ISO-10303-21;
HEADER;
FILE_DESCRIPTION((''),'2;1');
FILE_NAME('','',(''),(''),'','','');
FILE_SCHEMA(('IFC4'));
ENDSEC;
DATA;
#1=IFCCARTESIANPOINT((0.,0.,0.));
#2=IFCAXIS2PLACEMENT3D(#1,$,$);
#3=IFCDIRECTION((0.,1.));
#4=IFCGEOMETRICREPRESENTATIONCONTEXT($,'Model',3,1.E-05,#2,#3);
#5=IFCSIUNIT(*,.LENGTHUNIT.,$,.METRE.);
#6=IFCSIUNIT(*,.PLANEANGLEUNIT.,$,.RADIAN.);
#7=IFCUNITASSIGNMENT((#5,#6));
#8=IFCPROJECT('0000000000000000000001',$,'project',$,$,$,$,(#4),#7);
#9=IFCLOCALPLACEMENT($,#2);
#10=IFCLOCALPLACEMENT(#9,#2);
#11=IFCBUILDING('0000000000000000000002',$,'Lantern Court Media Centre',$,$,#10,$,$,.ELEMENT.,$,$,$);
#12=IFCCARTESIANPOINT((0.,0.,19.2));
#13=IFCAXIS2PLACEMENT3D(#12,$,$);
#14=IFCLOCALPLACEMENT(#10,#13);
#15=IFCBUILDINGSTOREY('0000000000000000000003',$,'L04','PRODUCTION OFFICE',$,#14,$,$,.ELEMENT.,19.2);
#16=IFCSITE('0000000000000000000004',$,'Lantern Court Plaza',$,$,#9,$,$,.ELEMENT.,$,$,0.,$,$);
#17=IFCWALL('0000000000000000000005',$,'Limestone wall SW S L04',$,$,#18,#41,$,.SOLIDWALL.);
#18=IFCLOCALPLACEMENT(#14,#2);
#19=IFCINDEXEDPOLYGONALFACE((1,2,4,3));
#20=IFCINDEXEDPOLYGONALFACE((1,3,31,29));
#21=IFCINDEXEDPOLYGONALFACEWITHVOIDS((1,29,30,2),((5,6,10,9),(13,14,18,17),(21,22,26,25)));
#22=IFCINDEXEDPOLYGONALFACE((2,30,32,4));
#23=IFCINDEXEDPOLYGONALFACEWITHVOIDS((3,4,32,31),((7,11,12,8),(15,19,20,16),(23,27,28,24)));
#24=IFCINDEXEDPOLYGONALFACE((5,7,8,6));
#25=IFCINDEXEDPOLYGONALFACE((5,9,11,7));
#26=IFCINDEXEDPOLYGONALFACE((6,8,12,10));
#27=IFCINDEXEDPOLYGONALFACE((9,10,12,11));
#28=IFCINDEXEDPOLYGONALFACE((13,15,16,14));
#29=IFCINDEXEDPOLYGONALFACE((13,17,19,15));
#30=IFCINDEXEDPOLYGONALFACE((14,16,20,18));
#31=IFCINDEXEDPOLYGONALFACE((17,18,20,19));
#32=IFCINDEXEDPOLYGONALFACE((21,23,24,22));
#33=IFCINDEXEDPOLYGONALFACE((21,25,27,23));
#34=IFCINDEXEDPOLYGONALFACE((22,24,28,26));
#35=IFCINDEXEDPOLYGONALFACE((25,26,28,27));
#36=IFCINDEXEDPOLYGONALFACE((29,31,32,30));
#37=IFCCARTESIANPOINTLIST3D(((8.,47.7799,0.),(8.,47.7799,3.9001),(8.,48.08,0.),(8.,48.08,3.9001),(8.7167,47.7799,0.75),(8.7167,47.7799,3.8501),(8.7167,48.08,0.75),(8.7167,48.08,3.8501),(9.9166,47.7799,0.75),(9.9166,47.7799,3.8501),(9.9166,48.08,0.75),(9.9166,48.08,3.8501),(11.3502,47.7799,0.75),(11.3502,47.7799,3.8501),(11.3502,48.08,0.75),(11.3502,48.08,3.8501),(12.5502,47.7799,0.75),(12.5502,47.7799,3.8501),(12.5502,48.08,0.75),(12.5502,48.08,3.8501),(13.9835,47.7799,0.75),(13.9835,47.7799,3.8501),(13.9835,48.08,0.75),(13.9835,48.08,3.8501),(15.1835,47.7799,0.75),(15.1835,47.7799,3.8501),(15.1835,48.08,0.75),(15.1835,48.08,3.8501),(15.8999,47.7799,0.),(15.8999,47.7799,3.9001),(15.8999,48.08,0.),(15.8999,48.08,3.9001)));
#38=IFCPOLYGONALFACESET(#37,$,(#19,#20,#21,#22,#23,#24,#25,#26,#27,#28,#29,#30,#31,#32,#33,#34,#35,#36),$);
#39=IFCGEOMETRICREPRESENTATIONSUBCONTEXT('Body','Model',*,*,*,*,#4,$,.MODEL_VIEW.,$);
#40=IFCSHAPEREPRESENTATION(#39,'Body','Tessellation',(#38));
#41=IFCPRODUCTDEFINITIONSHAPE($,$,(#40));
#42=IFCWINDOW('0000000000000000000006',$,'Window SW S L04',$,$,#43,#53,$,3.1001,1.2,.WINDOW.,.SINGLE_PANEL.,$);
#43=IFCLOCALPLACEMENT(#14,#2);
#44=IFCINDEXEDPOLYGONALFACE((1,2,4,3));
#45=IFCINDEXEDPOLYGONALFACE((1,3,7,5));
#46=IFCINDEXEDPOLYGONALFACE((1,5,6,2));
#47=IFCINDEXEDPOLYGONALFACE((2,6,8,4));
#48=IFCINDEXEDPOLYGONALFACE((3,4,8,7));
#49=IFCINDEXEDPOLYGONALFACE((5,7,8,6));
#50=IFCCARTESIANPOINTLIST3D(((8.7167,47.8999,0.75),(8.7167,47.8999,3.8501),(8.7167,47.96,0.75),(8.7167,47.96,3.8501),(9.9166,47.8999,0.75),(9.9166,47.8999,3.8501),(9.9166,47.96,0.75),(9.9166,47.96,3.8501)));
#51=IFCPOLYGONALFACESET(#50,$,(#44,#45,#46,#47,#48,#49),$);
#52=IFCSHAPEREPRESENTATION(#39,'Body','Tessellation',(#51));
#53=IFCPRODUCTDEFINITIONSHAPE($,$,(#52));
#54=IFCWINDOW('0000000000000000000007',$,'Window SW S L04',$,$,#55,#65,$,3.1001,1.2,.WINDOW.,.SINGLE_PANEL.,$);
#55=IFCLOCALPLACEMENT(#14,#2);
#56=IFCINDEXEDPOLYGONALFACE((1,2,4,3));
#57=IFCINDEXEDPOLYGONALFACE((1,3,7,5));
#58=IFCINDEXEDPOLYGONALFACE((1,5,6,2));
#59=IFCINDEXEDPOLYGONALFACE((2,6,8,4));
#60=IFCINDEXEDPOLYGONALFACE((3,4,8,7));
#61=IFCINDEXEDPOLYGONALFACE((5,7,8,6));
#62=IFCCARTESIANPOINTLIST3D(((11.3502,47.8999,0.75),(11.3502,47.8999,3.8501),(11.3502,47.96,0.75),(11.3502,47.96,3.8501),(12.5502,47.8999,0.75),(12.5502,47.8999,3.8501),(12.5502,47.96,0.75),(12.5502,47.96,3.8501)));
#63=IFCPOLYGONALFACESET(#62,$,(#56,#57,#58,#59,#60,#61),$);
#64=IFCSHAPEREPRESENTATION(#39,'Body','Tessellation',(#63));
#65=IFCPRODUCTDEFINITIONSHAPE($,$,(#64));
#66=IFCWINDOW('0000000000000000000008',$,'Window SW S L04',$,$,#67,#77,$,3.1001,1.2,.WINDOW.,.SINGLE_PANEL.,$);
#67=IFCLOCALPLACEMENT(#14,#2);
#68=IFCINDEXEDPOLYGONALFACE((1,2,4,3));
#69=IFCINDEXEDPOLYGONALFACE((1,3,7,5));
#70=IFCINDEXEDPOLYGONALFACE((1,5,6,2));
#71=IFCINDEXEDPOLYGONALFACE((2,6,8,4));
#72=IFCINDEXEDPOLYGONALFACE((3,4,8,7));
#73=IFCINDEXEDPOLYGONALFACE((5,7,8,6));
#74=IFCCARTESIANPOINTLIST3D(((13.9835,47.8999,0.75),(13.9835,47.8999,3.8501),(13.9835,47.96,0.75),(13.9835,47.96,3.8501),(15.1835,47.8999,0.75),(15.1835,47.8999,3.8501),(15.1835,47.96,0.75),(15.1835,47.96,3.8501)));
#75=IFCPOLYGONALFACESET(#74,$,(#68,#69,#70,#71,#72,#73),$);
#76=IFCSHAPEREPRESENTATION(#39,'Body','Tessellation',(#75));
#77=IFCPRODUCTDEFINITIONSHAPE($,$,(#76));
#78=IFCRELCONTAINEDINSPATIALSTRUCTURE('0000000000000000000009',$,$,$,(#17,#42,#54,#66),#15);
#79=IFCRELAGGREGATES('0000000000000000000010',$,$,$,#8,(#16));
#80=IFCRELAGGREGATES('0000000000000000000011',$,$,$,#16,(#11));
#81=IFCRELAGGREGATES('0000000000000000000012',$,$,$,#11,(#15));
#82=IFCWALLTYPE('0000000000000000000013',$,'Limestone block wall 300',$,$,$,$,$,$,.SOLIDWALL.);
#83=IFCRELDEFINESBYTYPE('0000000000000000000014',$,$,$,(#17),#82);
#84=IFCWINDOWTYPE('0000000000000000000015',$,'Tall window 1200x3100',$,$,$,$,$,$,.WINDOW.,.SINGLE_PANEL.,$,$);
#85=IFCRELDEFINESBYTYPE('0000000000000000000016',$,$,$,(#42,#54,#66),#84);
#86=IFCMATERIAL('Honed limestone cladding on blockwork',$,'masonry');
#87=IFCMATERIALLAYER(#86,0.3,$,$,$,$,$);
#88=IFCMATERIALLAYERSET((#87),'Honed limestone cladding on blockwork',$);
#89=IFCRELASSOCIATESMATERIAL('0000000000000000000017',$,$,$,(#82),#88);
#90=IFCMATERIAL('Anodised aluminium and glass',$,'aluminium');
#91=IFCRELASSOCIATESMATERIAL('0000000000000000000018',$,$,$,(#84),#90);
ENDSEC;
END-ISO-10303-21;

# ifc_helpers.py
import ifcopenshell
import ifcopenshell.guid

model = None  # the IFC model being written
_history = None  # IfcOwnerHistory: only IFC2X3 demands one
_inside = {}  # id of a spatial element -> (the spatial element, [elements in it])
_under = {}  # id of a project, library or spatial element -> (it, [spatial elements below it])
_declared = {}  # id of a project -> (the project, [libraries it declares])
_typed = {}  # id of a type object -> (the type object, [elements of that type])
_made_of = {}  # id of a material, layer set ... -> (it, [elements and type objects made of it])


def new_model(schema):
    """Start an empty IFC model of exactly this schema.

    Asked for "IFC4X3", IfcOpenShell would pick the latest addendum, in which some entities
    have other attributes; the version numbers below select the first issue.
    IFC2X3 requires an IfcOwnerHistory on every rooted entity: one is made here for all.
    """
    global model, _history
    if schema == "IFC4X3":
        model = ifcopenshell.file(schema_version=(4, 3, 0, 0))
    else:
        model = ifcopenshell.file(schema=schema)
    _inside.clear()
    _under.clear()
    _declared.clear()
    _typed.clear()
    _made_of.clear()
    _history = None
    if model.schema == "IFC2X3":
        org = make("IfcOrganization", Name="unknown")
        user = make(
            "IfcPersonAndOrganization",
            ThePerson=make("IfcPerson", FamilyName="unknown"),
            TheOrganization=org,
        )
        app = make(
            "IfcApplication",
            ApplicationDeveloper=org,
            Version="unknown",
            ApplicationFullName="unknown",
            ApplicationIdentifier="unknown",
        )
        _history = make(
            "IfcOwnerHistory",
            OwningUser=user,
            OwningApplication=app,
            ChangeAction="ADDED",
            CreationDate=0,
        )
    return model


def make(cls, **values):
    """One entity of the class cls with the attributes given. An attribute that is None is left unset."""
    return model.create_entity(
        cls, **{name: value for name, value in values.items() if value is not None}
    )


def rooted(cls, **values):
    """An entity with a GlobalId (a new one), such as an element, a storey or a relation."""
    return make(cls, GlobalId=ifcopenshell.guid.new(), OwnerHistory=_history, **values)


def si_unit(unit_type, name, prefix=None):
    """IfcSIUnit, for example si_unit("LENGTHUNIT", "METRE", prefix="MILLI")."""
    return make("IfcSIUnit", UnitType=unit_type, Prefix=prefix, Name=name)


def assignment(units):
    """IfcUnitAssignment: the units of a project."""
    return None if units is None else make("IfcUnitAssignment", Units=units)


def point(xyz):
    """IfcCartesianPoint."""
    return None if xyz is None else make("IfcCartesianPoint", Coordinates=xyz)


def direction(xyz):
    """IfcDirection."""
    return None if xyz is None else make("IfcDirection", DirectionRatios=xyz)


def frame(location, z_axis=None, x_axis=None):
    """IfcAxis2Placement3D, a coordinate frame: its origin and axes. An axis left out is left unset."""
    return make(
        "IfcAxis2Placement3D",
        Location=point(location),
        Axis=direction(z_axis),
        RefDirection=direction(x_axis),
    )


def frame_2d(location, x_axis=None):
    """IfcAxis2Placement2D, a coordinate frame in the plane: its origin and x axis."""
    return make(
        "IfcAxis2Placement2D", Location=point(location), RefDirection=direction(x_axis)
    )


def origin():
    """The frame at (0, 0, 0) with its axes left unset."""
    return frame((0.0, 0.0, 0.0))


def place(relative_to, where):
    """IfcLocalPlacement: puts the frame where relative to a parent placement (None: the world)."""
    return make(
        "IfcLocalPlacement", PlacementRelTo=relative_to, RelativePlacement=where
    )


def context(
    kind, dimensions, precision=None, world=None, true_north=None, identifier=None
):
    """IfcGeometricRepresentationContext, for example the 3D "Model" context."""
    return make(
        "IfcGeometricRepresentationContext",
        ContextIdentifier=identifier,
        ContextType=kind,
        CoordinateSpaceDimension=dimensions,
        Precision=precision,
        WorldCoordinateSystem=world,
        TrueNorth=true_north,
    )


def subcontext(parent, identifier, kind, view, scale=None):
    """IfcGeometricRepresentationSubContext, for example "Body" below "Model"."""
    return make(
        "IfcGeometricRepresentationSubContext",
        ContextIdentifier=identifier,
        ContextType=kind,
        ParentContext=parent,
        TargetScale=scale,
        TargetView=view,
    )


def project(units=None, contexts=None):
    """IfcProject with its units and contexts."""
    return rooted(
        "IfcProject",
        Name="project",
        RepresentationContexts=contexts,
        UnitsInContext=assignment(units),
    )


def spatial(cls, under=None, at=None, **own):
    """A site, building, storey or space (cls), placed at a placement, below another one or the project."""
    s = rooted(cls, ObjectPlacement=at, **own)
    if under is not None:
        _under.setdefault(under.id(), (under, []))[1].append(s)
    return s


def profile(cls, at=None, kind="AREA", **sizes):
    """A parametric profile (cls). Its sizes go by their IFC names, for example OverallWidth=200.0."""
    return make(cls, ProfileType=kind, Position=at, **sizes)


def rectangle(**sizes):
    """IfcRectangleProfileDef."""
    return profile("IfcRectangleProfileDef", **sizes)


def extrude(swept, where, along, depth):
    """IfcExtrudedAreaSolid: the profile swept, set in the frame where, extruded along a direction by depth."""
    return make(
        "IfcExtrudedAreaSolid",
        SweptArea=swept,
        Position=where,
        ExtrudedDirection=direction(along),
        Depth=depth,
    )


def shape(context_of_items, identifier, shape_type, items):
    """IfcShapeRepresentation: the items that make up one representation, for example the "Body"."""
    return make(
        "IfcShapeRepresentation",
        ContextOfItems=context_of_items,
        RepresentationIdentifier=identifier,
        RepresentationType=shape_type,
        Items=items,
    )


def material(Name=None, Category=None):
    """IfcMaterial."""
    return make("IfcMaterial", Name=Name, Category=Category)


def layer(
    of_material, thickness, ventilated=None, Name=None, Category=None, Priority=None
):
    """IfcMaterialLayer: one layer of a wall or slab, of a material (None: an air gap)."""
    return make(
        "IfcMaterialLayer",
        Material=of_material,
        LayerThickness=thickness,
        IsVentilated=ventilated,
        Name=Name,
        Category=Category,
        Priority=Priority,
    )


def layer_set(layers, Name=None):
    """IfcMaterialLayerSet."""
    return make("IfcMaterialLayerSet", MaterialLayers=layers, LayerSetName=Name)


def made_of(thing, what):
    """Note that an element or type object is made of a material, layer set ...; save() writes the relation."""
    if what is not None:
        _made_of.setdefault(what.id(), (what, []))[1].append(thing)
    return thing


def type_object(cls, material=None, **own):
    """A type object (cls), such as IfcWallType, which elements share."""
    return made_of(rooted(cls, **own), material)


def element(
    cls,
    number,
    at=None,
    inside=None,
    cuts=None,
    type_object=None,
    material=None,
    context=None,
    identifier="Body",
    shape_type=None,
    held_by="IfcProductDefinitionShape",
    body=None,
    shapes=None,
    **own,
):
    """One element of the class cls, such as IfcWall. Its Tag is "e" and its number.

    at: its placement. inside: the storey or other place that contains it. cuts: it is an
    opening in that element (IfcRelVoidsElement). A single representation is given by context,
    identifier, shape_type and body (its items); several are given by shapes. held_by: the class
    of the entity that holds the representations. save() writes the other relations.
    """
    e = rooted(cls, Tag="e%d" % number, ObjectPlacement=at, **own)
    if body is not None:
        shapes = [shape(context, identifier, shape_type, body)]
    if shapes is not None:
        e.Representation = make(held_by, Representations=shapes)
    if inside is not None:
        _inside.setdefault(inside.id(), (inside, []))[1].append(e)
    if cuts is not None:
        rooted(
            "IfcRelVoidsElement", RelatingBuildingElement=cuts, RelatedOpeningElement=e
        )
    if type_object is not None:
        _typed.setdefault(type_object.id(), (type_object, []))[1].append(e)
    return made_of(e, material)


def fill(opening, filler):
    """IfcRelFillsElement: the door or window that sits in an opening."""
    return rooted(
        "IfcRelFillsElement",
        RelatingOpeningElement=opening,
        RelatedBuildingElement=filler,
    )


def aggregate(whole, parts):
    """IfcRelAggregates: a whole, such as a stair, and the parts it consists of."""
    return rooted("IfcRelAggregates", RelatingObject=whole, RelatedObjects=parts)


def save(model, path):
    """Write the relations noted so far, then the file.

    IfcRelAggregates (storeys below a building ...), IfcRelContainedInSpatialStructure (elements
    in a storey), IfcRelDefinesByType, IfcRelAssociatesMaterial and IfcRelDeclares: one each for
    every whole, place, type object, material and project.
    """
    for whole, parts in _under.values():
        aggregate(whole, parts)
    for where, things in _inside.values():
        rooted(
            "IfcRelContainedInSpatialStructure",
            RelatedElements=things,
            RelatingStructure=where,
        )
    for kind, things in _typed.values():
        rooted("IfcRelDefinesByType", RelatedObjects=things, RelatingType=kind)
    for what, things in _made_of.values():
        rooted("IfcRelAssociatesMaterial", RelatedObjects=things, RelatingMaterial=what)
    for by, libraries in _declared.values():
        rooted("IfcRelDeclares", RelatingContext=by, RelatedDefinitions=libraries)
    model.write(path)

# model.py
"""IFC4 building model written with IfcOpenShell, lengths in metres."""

from ifc_helpers import new_model, si_unit, direction, frame, frame_2d, origin, place, context, subcontext, project, spatial, rectangle, extrude, material, layer, layer_set, type_object, element, fill, save


model = new_model("IFC4")

# Units and contexts
model_context = context("Model", 3, precision=1e-05, world=origin(), true_north=direction((0.0, 1.0)))
body_context = subcontext(model_context, "Body", "Model", "MODEL_VIEW")
ifc_project = project(units=[si_unit("LENGTHUNIT", "METRE"), si_unit("PLANEANGLEUNIT", "RADIAN")], contexts=[model_context])

# Site, building, storey
site_placement = place(None, origin())
site = spatial("IfcSite", under=ifc_project, at=site_placement, Name="Lantern Court Plaza", CompositionType="ELEMENT", RefElevation=0.0)
building_placement = place(site_placement, origin())
building = spatial("IfcBuilding", under=site, at=building_placement, Name="Lantern Court Media Centre", CompositionType="ELEMENT")
storey_placement = place(building_placement, frame((0.0, 0.0, 19.2)))
storey = spatial("IfcBuildingStorey", under=building, at=storey_placement, Name="L04", Description="PRODUCTION OFFICE", CompositionType="ELEMENT", Elevation=19.2)

# Wall, openings, windows
ifc_material_1 = material(Name="Honed limestone cladding on blockwork", Category="masonry")
ifc_layer_1 = layer(ifc_material_1, 0.3)
ifc_layer_set_1 = layer_set([ifc_layer_1], Name="Honed limestone cladding on blockwork")
wall_type_1 = type_object("IfcWallType", Name="Limestone block wall 300", PredefinedType="SOLIDWALL", material=ifc_layer_set_1)
ifc_material_2 = material(Name="Anodised aluminium and glass", Category="aluminium")
wall_1_placement = place(storey_placement, frame((8.0, 47.9299, 0.0), z_axis=(0.0, 0.0, 1.0), x_axis=(1.0, 0.0, 0.0)))
wall_1 = element("IfcWall", 1, at=wall_1_placement, inside=storey, type_object=wall_type_1, Name="Limestone wall SW S L04", PredefinedType="SOLIDWALL", context=body_context, shape_type="SweptSolid", body=[
    extrude(rectangle(XDim=7.8999, YDim=0.3, at=frame_2d((3.95, 0.0))), origin(), (0.0, 0.0, 1.0), 3.9001),
])
opening_1_placement = place(wall_1_placement, frame((0.7166, 0.0, 0.75)))
opening_1 = element("IfcOpeningElement", 2, at=opening_1_placement, cuts=wall_1, PredefinedType="OPENING", context=body_context, shape_type="SweptSolid", body=[
    extrude(rectangle(XDim=1.2, YDim=3.1001, at=frame_2d((0.6001, 1.55))), frame((0.0, 0.1599, 0.0), z_axis=(0.0, -1.0, 0.0), x_axis=(1.0, 0.0, 0.0)), (0.0, 0.0, 1.0), 0.3201),
])
opening_2_placement = place(wall_1_placement, frame((3.3501, 0.0, 0.75)))
opening_2 = element("IfcOpeningElement", 3, at=opening_2_placement, cuts=wall_1, PredefinedType="OPENING", context=body_context, shape_type="SweptSolid", body=[
    extrude(rectangle(XDim=1.2, YDim=3.1001, at=frame_2d((0.6001, 1.55))), frame((0.0, 0.1599, 0.0), z_axis=(0.0, -1.0, 0.0), x_axis=(1.0, 0.0, 0.0)), (0.0, 0.0, 1.0), 0.3201),
])
opening_3_placement = place(wall_1_placement, frame((5.9834, 0.0, 0.75)))
opening_3 = element("IfcOpeningElement", 4, at=opening_3_placement, cuts=wall_1, PredefinedType="OPENING", context=body_context, shape_type="SweptSolid", body=[
    extrude(rectangle(XDim=1.2, YDim=3.1001, at=frame_2d((0.6001, 1.55))), frame((0.0, 0.1599, 0.0), z_axis=(0.0, -1.0, 0.0), x_axis=(1.0, 0.0, 0.0)), (0.0, 0.0, 1.0), 0.3201),
])
window_type_1 = type_object("IfcWindowType", Name="Tall window 1200x3100", PartitioningType="SINGLE_PANEL", PredefinedType="WINDOW", material=ifc_material_2)
window_1_placement = place(opening_1_placement, origin())
window_1 = element("IfcWindow", 5, at=window_1_placement, inside=storey, type_object=window_type_1, Name="Window SW S L04", OverallHeight=3.1001, OverallWidth=1.2, PartitioningType="SINGLE_PANEL", PredefinedType="WINDOW", context=body_context, shape_type="SweptSolid", body=[
    extrude(rectangle(XDim=1.2, YDim=3.1001, at=frame_2d((0.6001, 1.55))), frame((0.0, 0.03, 0.0), z_axis=(0.0, -1.0, 0.0), x_axis=(1.0, 0.0, 0.0)), (0.0, 0.0, 1.0), 0.0601),
])
fill(opening_1, window_1)
window_2_placement = place(opening_2_placement, origin())
window_2 = element("IfcWindow", 6, at=window_2_placement, inside=storey, type_object=window_type_1, Name="Window SW S L04", OverallHeight=3.1001, OverallWidth=1.2, PartitioningType="SINGLE_PANEL", PredefinedType="WINDOW", context=body_context, shape_type="SweptSolid", body=[
    extrude(rectangle(XDim=1.2, YDim=3.1001, at=frame_2d((0.6001, 1.55))), frame((0.0, 0.03, 0.0), z_axis=(0.0, -1.0, 0.0), x_axis=(1.0, 0.0, 0.0)), (0.0, 0.0, 1.0), 0.0601),
])
fill(opening_2, window_2)
window_3_placement = place(opening_3_placement, origin())
window_3 = element("IfcWindow", 7, at=window_3_placement, inside=storey, type_object=window_type_1, Name="Window SW S L04", OverallHeight=3.1001, OverallWidth=1.2, PartitioningType="SINGLE_PANEL", PredefinedType="WINDOW", context=body_context, shape_type="SweptSolid", body=[
    extrude(rectangle(XDim=1.2, YDim=3.1001, at=frame_2d((0.6001, 1.55))), frame((0.0, 0.03, 0.0), z_axis=(0.0, -1.0, 0.0), x_axis=(1.0, 0.0, 0.0)), (0.0, 0.0, 1.0), 0.0601),
])
fill(opening_3, window_3)

save(model, "model.ifc")
